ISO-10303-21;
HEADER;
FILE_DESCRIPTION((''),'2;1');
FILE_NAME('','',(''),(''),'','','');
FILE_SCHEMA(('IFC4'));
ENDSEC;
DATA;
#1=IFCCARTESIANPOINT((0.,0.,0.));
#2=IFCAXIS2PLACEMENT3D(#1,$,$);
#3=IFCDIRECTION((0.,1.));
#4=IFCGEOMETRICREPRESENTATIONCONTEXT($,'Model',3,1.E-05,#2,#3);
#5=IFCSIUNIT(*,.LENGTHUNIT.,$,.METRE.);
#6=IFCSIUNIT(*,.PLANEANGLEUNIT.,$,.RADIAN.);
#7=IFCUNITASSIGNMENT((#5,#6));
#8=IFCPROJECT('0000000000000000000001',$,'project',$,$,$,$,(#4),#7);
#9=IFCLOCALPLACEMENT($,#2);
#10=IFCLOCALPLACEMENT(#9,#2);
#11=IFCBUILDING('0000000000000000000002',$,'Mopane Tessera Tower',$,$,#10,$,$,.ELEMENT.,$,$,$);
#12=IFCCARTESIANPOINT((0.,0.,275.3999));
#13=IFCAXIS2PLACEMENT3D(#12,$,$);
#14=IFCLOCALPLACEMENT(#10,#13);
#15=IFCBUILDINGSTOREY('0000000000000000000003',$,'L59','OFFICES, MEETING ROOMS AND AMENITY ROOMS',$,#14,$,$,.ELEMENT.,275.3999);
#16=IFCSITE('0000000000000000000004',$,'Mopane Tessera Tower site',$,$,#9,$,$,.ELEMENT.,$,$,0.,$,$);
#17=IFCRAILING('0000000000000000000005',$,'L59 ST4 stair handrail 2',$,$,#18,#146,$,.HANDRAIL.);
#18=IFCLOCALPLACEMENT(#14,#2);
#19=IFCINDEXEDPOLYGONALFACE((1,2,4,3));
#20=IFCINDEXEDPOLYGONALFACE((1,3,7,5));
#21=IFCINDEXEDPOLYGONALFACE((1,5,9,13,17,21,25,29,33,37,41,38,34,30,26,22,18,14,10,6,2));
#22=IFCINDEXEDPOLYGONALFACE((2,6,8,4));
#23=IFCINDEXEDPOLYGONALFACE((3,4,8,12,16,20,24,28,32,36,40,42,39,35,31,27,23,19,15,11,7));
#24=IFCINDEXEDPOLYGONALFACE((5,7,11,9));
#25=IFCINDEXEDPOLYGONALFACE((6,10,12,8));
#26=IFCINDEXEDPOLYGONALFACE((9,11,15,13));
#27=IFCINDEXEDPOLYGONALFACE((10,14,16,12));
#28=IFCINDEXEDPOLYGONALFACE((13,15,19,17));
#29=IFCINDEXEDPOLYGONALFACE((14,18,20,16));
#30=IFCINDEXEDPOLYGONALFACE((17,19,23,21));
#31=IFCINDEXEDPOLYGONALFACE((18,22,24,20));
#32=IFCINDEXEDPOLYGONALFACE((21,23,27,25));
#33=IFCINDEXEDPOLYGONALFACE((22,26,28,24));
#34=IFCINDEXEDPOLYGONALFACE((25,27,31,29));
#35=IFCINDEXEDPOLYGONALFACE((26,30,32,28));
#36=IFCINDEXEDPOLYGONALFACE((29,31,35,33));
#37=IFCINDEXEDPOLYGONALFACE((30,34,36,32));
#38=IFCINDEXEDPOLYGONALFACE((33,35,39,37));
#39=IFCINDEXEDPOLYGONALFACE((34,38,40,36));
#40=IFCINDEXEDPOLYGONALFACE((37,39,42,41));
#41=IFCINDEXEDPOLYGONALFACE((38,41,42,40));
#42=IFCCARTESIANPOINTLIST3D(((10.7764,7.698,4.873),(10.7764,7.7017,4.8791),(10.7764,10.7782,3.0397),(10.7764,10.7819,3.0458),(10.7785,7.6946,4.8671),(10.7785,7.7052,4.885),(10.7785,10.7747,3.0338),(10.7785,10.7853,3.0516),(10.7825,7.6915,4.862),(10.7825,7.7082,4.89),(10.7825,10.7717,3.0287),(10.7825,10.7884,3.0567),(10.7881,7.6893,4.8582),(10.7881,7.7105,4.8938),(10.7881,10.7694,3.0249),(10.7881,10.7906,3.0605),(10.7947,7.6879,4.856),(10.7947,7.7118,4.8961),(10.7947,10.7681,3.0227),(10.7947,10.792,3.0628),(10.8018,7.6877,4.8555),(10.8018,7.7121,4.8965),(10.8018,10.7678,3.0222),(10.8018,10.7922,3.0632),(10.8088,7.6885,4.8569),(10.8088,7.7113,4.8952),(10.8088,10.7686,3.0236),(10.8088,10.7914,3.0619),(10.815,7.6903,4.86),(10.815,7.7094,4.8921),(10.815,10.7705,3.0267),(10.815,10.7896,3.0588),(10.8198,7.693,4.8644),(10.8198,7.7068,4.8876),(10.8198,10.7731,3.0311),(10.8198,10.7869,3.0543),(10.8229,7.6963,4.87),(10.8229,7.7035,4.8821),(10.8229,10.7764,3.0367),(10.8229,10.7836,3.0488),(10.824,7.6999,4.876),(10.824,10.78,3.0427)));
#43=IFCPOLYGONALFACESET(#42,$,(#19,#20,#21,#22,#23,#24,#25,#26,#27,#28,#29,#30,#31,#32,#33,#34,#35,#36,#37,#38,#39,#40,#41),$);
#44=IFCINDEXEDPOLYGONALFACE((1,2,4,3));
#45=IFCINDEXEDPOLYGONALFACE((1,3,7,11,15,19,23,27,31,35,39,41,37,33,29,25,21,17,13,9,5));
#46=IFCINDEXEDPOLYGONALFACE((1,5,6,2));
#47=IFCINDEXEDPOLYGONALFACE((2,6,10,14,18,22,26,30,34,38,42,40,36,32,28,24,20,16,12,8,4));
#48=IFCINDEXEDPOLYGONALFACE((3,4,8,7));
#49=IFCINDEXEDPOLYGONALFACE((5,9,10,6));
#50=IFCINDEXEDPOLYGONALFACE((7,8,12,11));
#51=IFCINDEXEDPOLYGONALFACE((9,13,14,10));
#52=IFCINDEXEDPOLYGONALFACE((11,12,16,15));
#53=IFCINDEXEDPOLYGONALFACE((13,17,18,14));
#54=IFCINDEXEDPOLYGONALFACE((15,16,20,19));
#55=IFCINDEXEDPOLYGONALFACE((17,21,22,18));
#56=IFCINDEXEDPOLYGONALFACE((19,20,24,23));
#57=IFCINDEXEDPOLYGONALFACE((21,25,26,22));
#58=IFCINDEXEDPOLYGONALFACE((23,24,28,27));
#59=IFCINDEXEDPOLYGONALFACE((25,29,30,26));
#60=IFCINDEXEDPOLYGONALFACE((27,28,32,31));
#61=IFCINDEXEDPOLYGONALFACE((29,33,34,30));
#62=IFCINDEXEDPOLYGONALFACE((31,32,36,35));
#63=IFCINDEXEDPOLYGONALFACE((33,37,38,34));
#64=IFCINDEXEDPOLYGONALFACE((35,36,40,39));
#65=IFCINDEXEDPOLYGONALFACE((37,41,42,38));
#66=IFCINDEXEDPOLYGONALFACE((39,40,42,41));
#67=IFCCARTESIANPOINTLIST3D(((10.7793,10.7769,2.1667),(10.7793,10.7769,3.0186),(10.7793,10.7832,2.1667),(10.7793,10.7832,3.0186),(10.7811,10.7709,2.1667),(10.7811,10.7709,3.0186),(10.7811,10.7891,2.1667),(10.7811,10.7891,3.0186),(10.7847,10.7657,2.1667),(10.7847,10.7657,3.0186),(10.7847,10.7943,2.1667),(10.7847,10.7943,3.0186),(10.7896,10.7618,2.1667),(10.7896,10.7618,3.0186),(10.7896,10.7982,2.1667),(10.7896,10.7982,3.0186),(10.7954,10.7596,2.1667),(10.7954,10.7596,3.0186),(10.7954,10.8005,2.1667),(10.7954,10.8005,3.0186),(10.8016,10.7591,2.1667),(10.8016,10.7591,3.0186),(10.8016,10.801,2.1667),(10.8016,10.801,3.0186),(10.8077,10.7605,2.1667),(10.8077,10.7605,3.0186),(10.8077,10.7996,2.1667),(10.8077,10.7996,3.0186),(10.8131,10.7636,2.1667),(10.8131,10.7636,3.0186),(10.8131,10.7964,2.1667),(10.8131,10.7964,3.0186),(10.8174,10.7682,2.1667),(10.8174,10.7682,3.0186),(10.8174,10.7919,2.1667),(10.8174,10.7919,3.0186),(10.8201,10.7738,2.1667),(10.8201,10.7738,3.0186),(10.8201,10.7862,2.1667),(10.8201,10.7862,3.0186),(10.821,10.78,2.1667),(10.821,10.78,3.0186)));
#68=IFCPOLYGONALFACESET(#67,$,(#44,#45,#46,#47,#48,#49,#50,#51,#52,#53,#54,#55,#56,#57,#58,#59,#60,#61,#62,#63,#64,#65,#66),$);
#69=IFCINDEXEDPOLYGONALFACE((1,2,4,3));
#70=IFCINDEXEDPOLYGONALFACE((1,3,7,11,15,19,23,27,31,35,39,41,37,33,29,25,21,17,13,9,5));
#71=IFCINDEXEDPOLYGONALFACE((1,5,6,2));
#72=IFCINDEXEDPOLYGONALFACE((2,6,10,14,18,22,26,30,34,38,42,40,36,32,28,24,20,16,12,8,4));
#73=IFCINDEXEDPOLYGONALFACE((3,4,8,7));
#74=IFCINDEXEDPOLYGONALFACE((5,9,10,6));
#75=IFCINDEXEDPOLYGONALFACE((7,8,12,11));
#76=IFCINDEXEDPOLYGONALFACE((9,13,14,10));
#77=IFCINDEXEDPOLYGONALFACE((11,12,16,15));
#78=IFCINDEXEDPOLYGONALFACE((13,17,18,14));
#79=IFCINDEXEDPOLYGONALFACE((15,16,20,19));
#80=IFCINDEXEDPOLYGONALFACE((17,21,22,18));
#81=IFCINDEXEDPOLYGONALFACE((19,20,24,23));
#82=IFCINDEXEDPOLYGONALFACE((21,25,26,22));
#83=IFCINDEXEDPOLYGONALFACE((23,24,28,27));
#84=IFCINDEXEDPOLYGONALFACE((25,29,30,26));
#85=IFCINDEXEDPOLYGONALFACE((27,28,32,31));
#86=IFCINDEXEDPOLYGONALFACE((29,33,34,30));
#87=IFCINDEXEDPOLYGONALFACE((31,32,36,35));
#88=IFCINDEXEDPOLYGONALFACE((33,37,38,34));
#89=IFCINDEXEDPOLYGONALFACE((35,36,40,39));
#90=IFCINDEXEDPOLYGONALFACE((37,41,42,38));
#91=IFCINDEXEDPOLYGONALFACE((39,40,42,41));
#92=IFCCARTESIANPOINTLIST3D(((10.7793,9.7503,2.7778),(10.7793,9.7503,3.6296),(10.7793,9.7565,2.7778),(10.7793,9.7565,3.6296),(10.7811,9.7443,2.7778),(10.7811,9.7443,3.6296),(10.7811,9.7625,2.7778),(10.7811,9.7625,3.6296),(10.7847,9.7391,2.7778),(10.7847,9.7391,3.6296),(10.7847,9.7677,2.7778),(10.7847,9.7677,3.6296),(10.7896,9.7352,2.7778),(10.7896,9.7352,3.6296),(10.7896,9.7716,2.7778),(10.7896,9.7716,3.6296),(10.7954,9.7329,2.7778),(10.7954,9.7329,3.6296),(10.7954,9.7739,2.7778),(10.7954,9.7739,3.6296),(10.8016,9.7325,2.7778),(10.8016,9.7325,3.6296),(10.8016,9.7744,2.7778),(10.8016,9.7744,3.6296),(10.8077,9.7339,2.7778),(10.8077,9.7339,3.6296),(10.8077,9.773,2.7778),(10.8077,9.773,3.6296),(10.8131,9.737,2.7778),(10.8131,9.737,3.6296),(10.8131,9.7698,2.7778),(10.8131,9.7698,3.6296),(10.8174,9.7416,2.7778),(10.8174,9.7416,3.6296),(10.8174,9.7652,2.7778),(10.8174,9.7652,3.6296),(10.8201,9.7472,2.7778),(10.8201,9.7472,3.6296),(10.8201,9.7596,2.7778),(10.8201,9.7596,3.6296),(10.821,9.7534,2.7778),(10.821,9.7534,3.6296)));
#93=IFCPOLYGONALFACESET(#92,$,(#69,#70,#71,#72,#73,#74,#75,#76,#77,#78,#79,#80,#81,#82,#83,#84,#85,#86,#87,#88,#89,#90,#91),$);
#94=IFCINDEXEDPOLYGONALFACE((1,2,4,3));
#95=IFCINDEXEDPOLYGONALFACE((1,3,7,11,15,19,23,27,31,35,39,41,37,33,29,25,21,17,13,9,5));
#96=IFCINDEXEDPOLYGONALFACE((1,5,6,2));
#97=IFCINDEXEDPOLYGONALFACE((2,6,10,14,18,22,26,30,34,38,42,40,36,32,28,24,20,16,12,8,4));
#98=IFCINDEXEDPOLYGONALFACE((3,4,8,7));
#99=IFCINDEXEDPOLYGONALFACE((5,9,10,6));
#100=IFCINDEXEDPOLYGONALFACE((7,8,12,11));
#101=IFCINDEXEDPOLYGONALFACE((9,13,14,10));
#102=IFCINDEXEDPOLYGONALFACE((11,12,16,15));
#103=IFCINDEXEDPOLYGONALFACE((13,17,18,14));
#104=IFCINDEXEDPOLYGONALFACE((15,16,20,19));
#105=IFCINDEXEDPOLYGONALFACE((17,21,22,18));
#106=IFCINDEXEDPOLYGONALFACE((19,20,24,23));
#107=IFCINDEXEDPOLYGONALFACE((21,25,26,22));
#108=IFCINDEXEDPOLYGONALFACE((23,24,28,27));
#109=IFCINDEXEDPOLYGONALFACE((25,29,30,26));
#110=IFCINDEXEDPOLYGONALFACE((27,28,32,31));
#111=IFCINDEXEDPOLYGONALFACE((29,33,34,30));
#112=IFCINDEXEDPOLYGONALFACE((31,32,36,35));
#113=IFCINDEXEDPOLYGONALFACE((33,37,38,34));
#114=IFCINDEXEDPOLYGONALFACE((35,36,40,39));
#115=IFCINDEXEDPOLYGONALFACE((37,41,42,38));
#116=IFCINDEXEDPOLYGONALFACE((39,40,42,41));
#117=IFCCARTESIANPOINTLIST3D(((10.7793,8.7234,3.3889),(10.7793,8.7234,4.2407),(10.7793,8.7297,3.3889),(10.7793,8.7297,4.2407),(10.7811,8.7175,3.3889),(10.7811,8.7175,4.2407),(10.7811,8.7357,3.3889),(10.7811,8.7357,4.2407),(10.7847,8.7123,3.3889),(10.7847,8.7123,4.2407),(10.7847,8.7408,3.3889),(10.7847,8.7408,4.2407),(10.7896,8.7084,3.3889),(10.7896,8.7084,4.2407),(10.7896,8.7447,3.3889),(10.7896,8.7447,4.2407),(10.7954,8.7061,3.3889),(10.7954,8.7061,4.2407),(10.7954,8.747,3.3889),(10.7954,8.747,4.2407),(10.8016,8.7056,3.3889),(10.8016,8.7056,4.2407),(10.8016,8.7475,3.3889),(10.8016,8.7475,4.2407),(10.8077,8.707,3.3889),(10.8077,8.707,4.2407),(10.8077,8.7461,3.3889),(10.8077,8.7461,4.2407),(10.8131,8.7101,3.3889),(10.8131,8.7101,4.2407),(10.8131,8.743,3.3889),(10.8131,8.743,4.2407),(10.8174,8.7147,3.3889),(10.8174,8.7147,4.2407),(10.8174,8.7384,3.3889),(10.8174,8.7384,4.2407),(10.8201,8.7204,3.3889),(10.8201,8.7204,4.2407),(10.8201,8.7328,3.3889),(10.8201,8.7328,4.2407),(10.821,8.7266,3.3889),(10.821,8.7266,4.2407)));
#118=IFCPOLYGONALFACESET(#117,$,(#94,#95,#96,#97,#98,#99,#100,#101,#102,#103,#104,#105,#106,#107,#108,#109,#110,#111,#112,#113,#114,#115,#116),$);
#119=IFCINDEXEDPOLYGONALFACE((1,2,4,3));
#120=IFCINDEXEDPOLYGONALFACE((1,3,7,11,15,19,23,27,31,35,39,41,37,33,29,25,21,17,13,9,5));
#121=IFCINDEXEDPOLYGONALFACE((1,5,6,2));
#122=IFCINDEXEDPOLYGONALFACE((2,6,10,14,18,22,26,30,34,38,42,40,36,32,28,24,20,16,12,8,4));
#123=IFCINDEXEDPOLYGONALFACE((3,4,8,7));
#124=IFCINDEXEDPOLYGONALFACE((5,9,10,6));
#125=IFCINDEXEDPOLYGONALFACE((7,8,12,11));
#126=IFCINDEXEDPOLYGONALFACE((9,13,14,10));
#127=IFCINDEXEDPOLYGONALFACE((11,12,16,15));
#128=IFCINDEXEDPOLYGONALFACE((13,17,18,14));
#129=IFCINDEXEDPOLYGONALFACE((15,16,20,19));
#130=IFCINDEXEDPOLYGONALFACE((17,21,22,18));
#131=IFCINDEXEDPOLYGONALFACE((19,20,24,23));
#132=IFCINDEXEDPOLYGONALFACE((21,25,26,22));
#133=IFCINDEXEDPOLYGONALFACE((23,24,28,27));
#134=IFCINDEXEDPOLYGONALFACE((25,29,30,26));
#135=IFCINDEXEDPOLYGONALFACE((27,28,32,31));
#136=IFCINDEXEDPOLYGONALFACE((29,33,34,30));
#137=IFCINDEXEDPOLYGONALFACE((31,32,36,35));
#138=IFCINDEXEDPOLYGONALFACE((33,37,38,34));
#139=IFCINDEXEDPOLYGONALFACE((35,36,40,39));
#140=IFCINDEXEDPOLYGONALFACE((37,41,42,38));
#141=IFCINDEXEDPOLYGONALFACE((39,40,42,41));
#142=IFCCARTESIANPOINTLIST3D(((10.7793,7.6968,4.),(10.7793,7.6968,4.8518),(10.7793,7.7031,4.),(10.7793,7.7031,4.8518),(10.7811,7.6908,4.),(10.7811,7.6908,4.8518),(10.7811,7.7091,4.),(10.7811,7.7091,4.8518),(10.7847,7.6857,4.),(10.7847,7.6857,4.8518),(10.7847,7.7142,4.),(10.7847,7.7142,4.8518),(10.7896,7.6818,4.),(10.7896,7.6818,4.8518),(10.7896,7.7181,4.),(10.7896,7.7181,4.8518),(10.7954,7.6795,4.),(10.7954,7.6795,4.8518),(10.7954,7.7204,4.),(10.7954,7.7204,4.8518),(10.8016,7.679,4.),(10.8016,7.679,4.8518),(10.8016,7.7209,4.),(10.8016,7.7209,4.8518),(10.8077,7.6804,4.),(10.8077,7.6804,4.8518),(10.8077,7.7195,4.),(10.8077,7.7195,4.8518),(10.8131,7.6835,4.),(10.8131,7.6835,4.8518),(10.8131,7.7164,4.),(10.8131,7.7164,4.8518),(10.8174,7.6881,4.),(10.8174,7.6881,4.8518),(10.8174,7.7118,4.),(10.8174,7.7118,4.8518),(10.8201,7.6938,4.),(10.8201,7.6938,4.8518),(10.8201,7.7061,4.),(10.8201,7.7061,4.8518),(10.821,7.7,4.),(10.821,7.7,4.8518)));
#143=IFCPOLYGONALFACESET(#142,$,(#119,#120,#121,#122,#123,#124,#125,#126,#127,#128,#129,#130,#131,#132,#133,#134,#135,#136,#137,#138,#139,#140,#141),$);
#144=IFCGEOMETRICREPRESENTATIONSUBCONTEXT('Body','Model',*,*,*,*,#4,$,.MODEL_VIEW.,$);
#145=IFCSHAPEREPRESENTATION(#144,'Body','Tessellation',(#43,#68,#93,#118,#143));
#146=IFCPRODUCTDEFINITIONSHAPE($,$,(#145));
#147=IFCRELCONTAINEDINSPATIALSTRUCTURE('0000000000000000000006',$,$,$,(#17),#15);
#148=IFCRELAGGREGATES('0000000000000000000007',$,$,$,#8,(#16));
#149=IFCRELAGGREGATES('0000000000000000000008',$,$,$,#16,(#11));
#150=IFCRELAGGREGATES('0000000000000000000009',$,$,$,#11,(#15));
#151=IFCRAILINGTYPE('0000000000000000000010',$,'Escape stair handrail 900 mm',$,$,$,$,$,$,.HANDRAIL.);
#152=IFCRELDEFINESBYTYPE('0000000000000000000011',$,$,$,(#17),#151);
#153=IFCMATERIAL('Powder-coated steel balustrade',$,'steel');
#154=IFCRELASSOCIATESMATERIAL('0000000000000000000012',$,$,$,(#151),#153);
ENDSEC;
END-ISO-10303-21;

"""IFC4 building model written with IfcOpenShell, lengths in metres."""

from ifc_helpers import new_model, si_unit, direction, frame, origin, origin_2d, place, context, subcontext, project, spatial, circle, extrude, material, type_object, element, save


model = new_model("IFC4")

# Units and contexts
model_context = context("Model", 3, precision=1e-05, world=origin(), true_north=direction((0.0, 1.0)))
body_context = subcontext(model_context, "Body", "Model", "MODEL_VIEW")
ifc_project = project(units=[si_unit("LENGTHUNIT", "METRE"), si_unit("PLANEANGLEUNIT", "RADIAN")], contexts=[model_context])

# Site, building, storey
site_placement = place(None, origin())
site = spatial("IfcSite", under=ifc_project, at=site_placement, Name="Mopane Tessera Tower site", CompositionType="ELEMENT", RefElevation=0.0)
building_placement = place(site_placement, origin())
building = spatial("IfcBuilding", under=site, at=building_placement, Name="Mopane Tessera Tower", CompositionType="ELEMENT")
storey_placement = place(building_placement, frame((0.0, 0.0, 275.3999)))
storey = spatial("IfcBuildingStorey", under=building, at=storey_placement, Name="L59", Description="OFFICES, MEETING ROOMS AND AMENITY ROOMS", CompositionType="ELEMENT", Elevation=275.3999)

# Railing
ifc_material_1 = material(Name="Powder-coated steel balustrade", Category="steel")
railing_type_1 = type_object("IfcRailingType", Name="Escape stair handrail 900 mm", PredefinedType="HANDRAIL", material=ifc_material_1)
railing_1_placement = place(storey_placement, frame((10.8, 10.78, 2.1667)))
element("IfcRailing", 1, at=railing_1_placement, inside=storey, type_object=railing_type_1, Name="L59 ST4 stair handrail 2", PredefinedType="HANDRAIL", context=body_context, shape_type="SweptSolid", body=[
    extrude(circle(Radius=0.0239, at=origin_2d()), frame((0.0, 0.0, 0.876), z_axis=(0.0, -0.859309, 0.511458), x_axis=(1.0, 0.0, 0.0)), (0.0, 0.0, 1.0), 3.5845),
    extrude(circle(Radius=0.021, at=origin_2d()), origin(), (0.0, 0.0, 1.0), 0.8518),
    extrude(circle(Radius=0.021, at=origin_2d()), frame((0.0, -1.0266, 0.6111)), (0.0, 0.0, 1.0), 0.8518),
    extrude(circle(Radius=0.021, at=origin_2d()), frame((0.0, -2.0535, 1.2222)), (0.0, 0.0, 1.0), 0.8518),
    extrude(circle(Radius=0.021, at=origin_2d()), frame((0.0, -3.0801, 1.8333)), (0.0, 0.0, 1.0), 0.8518),
])

save(model, "model.ifc")
